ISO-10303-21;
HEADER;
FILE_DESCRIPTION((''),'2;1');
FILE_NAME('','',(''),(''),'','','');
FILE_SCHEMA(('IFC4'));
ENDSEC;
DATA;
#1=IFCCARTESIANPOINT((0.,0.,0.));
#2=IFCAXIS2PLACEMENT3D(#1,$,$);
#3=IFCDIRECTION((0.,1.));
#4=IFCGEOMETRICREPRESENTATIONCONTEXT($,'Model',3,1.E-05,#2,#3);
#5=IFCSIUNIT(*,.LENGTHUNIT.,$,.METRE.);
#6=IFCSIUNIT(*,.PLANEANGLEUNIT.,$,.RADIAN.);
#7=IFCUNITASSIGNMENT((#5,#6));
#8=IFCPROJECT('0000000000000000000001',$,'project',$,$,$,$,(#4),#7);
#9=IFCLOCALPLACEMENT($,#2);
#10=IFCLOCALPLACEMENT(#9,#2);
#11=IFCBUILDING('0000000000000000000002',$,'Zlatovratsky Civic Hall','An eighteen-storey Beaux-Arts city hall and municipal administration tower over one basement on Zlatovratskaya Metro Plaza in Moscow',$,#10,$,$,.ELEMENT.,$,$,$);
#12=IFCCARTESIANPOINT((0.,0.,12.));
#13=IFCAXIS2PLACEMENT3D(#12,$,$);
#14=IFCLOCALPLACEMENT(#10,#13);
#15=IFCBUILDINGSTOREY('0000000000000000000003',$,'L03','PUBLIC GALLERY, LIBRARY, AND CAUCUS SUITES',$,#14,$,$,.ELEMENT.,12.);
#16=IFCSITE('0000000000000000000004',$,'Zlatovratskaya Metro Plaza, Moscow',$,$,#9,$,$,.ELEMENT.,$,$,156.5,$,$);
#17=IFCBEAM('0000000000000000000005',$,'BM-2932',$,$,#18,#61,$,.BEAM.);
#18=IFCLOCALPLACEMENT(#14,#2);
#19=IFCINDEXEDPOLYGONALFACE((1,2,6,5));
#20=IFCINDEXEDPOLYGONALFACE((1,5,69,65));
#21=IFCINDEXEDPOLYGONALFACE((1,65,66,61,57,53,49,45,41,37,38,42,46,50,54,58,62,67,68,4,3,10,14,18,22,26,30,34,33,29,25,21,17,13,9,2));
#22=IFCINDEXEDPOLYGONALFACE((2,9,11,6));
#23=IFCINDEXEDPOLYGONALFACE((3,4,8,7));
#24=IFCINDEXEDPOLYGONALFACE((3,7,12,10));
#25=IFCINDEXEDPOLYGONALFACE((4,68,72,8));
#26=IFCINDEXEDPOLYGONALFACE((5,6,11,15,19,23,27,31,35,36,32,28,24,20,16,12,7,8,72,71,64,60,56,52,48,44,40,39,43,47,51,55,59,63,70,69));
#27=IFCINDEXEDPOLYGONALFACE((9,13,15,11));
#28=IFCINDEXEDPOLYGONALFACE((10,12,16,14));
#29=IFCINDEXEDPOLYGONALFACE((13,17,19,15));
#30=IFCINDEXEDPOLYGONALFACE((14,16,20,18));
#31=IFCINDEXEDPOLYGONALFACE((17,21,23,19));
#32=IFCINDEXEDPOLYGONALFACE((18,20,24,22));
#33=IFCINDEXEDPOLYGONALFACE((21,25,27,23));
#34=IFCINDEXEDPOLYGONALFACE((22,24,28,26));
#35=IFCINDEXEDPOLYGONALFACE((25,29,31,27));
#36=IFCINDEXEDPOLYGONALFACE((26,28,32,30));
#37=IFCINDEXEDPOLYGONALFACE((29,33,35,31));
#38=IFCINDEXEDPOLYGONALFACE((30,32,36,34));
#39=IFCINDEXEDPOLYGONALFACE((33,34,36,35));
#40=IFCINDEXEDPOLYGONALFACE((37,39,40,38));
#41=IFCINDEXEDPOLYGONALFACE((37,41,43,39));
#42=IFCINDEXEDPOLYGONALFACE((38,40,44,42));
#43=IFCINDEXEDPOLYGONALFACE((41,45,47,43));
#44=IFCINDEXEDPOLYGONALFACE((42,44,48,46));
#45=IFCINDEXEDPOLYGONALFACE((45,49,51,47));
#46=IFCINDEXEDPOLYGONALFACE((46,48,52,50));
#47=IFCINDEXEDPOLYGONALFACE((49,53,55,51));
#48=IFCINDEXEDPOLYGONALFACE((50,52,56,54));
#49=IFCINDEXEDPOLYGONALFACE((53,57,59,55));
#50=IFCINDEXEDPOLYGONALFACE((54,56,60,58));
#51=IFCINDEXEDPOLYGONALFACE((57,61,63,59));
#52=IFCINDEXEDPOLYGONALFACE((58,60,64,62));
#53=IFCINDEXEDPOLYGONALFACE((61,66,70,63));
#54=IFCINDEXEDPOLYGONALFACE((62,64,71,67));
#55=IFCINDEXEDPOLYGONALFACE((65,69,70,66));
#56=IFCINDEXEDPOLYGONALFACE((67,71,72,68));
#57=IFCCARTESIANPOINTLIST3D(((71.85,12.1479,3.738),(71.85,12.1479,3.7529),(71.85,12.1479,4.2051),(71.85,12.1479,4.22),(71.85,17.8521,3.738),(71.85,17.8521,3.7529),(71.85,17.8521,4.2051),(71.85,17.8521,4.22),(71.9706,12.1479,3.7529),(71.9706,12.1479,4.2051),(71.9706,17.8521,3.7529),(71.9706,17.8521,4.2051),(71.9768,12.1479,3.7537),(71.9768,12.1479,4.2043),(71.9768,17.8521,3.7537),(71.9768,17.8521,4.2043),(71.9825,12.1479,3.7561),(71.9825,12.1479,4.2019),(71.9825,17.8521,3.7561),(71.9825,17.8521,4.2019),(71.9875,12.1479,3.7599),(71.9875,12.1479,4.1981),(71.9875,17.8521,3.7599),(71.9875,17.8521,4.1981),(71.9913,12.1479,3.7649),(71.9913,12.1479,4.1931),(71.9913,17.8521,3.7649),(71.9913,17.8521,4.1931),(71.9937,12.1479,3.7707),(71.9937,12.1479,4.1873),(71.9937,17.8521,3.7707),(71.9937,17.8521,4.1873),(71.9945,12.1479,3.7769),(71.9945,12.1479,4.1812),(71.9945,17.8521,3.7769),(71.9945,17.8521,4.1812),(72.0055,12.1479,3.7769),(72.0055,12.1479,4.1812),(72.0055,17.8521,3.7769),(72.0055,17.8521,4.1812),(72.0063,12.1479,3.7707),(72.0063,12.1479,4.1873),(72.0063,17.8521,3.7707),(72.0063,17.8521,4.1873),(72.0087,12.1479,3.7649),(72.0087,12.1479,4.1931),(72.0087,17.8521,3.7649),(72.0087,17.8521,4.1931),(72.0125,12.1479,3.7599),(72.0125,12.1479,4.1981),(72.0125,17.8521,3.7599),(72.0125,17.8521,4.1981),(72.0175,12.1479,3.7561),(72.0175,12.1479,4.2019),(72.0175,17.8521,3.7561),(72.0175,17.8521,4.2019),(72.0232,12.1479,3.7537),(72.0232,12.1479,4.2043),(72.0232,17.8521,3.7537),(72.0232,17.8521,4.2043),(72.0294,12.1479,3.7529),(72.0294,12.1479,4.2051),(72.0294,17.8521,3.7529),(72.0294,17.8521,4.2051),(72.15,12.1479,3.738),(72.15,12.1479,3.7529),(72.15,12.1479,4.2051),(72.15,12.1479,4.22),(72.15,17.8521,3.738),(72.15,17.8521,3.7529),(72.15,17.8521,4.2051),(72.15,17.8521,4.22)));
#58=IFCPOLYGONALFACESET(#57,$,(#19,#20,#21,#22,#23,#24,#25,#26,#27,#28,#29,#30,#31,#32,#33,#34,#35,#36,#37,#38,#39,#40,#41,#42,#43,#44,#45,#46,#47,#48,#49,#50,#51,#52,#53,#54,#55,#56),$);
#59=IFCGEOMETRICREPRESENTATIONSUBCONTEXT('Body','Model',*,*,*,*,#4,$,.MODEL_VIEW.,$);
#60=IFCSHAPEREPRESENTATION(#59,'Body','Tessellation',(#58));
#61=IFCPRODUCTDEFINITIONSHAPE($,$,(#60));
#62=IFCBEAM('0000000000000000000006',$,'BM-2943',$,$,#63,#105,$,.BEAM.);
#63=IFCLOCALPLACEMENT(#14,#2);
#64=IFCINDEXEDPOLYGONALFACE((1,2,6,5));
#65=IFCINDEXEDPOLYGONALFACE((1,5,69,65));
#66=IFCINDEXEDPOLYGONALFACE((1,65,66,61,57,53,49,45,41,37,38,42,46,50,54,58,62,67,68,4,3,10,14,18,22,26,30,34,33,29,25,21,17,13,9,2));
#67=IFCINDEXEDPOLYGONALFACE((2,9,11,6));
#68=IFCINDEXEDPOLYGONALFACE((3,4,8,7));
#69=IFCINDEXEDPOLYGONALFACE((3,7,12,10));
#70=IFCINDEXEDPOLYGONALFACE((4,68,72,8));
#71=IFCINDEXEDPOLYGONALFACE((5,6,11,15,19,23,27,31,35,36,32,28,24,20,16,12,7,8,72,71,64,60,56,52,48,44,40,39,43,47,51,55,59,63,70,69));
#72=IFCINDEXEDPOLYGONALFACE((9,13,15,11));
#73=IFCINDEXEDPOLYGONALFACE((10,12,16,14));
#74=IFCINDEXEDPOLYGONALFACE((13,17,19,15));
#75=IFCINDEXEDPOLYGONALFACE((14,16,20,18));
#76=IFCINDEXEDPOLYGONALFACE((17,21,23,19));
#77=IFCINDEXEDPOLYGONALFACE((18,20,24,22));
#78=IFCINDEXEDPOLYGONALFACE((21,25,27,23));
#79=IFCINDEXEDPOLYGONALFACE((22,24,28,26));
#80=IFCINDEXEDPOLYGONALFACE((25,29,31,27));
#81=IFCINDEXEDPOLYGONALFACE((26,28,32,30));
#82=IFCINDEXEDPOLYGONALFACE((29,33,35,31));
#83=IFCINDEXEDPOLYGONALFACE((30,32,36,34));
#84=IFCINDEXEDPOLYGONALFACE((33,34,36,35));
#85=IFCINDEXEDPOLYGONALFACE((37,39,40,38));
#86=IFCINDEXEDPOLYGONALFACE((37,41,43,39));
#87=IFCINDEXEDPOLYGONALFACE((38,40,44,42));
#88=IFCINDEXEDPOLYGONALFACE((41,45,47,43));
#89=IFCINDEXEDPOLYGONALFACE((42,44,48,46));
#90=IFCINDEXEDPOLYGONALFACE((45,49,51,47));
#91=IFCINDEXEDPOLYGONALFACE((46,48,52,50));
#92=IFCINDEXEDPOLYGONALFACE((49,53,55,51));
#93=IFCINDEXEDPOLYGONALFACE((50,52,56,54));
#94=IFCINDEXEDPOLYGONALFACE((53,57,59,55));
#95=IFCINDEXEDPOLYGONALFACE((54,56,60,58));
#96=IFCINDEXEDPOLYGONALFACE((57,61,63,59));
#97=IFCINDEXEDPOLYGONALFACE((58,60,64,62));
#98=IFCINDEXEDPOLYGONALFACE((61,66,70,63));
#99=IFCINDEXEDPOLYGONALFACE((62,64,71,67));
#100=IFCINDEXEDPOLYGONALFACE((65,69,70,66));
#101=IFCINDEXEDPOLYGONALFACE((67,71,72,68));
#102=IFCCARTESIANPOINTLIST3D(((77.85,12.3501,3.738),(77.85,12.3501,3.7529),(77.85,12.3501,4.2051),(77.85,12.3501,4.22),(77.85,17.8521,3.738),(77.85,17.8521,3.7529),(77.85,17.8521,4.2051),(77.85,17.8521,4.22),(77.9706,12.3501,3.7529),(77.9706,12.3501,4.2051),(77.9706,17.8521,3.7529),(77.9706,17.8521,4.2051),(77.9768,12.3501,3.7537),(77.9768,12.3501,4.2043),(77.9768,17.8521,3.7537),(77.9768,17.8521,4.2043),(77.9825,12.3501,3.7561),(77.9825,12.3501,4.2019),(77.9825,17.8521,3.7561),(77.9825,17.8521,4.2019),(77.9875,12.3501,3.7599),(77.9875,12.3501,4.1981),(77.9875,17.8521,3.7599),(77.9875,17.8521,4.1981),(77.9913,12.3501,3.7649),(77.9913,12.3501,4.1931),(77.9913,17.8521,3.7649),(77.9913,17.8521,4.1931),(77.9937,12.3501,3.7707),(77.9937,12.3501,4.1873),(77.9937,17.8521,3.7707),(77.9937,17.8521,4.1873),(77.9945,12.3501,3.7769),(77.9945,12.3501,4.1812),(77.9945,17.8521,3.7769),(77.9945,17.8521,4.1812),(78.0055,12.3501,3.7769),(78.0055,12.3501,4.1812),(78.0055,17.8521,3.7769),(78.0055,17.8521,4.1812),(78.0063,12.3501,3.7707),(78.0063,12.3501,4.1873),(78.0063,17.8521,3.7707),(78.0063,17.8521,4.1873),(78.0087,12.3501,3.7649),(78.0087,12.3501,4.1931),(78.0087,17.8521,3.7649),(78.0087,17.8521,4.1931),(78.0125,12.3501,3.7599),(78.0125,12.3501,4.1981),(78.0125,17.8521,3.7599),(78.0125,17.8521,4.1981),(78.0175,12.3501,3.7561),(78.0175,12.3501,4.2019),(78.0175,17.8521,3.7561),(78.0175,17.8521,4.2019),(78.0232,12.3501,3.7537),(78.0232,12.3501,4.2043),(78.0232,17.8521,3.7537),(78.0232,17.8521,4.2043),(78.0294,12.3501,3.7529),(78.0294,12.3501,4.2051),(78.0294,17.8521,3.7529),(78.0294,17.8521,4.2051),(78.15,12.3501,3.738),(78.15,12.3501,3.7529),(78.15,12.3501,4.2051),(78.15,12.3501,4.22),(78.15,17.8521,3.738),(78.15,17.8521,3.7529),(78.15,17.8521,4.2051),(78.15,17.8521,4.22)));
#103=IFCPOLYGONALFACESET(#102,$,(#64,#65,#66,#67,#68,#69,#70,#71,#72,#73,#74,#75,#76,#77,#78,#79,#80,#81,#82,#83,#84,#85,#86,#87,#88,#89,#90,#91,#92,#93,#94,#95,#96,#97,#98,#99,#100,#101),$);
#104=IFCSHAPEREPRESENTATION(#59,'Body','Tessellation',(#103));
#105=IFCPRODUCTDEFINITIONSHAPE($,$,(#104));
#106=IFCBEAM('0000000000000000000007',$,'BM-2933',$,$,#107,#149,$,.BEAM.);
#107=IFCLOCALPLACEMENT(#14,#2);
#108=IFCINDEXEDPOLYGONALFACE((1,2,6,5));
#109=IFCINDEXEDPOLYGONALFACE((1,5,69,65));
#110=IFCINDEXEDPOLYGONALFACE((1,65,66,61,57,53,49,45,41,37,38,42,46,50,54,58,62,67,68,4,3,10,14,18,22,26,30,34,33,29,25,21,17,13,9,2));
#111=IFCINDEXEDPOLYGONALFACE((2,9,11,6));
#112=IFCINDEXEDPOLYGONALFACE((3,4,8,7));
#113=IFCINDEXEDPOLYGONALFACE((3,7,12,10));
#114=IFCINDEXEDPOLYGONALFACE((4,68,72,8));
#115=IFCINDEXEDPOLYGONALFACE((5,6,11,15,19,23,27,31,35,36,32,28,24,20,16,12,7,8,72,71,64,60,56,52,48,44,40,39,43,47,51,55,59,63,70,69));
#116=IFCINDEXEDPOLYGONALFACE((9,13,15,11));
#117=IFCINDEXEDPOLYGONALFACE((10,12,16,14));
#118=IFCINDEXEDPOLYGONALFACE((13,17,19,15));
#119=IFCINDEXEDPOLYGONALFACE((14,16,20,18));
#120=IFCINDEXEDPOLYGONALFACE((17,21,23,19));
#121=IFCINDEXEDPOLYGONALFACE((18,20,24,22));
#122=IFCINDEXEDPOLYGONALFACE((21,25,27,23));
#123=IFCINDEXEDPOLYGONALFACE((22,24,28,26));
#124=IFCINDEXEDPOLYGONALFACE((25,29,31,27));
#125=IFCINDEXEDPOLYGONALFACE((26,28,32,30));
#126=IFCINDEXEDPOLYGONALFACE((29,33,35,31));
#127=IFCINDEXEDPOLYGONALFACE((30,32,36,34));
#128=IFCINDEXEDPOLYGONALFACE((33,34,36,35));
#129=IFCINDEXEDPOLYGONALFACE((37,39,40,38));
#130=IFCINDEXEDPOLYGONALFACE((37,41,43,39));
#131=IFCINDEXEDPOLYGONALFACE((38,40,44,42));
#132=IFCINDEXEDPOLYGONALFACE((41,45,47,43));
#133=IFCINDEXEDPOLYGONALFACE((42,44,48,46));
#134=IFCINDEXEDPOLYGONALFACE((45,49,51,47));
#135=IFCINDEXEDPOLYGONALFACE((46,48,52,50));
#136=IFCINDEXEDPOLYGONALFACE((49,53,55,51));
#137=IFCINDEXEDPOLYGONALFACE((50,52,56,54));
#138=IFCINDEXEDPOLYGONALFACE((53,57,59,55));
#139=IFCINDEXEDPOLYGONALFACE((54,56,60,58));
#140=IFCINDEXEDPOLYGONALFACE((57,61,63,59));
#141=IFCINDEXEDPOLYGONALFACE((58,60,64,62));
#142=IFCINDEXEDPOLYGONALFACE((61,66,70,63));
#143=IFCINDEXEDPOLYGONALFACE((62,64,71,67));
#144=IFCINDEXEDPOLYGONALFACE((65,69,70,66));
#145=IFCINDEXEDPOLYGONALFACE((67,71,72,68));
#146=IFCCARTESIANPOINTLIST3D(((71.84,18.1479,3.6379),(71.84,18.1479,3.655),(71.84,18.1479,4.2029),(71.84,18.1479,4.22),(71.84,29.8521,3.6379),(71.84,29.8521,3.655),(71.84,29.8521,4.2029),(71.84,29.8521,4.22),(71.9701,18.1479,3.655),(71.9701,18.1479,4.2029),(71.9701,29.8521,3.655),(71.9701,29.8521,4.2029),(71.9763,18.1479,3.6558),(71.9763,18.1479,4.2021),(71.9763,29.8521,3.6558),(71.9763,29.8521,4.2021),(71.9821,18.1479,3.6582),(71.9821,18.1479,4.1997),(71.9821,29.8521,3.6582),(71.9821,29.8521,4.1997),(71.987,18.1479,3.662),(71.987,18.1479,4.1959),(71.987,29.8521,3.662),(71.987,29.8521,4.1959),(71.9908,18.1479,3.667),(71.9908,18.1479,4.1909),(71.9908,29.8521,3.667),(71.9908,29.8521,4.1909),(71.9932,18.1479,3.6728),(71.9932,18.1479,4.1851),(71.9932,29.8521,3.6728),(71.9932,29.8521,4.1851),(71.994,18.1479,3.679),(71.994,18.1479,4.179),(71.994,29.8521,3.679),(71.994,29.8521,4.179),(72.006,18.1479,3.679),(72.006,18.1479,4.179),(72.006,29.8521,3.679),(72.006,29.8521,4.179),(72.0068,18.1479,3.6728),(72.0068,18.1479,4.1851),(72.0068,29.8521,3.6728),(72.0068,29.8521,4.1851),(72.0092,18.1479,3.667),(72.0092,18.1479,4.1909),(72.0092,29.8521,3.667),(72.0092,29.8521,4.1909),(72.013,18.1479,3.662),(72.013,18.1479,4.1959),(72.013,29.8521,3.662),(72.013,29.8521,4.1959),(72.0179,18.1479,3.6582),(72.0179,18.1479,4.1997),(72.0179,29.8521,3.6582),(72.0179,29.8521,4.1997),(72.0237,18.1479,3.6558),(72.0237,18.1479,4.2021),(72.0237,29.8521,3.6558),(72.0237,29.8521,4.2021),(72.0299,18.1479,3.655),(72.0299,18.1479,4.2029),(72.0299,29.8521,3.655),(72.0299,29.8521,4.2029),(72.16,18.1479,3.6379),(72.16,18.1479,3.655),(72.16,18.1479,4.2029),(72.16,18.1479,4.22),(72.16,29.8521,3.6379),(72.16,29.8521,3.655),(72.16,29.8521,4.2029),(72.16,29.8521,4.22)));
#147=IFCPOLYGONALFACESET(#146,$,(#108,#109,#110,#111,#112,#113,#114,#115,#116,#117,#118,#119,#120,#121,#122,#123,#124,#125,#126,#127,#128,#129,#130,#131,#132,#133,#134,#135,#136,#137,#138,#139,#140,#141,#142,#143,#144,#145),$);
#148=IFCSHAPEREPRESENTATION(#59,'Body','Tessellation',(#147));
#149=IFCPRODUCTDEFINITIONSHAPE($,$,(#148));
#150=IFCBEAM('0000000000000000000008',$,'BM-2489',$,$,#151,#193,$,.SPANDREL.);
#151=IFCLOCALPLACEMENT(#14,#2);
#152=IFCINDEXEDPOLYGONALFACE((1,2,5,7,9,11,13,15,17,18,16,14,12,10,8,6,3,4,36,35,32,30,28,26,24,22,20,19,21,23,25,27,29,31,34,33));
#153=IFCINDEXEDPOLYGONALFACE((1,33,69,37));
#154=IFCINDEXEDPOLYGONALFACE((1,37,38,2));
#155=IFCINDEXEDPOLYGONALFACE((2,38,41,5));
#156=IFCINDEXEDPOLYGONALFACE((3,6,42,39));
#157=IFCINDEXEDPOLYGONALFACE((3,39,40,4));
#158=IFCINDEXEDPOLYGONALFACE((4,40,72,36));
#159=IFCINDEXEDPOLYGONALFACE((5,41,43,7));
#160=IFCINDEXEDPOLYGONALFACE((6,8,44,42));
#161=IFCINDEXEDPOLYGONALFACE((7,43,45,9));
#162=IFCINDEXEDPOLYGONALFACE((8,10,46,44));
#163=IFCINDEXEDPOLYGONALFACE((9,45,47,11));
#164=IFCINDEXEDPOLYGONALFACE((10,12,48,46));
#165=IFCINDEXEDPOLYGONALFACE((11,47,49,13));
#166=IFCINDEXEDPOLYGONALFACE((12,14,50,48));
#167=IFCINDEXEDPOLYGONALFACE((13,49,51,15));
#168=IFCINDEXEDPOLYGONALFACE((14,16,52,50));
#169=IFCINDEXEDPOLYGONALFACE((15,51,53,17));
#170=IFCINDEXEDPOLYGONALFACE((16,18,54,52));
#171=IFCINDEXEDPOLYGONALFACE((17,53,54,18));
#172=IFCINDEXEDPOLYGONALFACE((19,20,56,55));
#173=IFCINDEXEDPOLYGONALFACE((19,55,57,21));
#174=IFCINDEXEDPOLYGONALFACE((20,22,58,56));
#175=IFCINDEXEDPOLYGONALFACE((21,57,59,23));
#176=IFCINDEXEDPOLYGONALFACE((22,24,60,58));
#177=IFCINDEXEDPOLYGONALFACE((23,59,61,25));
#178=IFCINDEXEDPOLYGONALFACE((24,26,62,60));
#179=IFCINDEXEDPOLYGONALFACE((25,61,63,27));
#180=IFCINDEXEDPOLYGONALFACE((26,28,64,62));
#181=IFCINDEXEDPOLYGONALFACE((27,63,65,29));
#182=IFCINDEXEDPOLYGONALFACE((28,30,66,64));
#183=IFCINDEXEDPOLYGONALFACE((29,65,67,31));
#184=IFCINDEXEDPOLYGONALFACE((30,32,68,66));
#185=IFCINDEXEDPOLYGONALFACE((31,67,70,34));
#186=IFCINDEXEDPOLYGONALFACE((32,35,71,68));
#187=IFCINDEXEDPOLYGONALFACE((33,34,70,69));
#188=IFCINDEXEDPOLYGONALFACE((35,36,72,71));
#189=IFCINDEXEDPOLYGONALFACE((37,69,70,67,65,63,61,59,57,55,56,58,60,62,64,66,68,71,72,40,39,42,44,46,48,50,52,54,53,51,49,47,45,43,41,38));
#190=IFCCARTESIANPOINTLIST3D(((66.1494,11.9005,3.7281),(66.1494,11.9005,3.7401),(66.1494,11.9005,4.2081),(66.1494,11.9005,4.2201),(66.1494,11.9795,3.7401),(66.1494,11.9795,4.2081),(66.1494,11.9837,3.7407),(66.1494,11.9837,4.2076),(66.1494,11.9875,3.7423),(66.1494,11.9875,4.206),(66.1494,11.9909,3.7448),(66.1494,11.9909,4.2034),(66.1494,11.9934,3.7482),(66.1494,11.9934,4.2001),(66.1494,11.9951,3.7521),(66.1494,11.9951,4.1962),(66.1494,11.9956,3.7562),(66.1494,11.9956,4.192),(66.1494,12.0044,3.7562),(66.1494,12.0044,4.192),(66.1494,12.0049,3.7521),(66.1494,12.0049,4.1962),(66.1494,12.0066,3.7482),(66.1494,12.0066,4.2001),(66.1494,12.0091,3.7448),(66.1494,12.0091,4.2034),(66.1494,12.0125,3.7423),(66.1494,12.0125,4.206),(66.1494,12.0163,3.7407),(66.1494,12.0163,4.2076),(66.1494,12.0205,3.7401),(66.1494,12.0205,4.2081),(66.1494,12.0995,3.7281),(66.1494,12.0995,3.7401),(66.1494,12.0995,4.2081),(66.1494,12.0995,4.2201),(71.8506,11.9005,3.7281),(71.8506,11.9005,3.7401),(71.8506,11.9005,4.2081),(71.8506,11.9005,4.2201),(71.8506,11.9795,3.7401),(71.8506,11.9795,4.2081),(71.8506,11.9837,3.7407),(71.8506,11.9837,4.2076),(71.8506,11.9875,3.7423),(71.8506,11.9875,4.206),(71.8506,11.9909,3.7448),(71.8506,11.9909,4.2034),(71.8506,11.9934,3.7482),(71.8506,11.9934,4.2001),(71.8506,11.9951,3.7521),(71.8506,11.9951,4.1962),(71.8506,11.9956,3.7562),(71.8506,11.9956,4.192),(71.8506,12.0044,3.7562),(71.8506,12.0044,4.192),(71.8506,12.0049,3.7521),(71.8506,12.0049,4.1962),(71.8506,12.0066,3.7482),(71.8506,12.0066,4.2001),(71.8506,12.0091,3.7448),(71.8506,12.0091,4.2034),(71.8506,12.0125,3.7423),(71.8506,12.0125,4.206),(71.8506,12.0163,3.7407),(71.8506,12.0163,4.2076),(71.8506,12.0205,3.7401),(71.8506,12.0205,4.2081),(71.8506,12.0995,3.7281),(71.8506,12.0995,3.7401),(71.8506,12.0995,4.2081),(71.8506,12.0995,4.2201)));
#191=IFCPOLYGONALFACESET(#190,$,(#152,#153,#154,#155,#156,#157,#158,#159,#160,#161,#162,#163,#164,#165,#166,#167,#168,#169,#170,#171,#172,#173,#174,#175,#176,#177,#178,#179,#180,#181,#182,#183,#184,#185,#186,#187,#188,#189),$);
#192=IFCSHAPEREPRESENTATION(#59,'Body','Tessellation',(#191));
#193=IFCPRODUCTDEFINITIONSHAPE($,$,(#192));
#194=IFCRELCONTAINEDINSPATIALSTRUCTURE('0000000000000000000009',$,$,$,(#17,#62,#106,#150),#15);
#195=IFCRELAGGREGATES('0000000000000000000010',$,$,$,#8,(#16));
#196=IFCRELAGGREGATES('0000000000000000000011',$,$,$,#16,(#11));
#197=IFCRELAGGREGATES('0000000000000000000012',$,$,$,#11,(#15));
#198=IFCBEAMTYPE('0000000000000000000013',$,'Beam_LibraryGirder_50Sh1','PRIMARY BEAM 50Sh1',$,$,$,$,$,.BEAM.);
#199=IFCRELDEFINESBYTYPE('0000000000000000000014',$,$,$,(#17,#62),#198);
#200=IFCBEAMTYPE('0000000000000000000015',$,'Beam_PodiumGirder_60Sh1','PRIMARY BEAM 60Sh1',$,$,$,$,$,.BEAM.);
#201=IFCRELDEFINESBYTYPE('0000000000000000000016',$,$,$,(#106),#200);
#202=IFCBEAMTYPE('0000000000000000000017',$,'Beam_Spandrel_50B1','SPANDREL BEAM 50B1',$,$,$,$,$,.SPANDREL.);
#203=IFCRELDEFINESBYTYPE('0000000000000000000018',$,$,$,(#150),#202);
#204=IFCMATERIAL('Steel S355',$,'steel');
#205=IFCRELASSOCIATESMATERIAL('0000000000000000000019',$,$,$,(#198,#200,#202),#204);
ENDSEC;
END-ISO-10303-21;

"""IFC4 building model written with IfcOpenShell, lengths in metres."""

from ifc_helpers import new_model, si_unit, direction, frame, origin, origin_2d, place, context, subcontext, project, spatial, i_section, extrude, material, material_profile, profile_set, type_object, element, save


model = new_model("IFC4")

# Units and contexts
model_context = context("Model", 3, precision=1e-05, world=origin(), true_north=direction((0.0, 1.0)))
body_context = subcontext(model_context, "Body", "Model", "MODEL_VIEW")
ifc_project = project(units=[si_unit("LENGTHUNIT", "METRE"), si_unit("PLANEANGLEUNIT", "RADIAN")], contexts=[model_context])

# Site, building, storey
site_placement = place(None, origin())
site = spatial("IfcSite", under=ifc_project, at=site_placement, Name="Zlatovratskaya Metro Plaza, Moscow", CompositionType="ELEMENT", RefElevation=156.5)
building_placement = place(site_placement, origin())
building = spatial("IfcBuilding", under=site, at=building_placement, Name="Zlatovratsky Civic Hall", Description="An eighteen-storey Beaux-Arts city hall and municipal administration tower over one basement on Zlatovratskaya Metro Plaza in Moscow", CompositionType="ELEMENT")
storey_placement = place(building_placement, frame((0.0, 0.0, 12.0)))
storey = spatial("IfcBuildingStorey", under=building, at=storey_placement, Name="L03", Description="PUBLIC GALLERY, LIBRARY, AND CAUCUS SUITES", CompositionType="ELEMENT", Elevation=12.0)

# Shared definitions
ifc_material_1 = material(Name="Steel S355", Category="steel")

# Beams
ifc_material_profile_1 = material_profile(ifc_material_1, i_section(OverallWidth=0.3, OverallDepth=0.4819, WebThickness=0.011, FlangeThickness=0.0149, FilletRadius=0.0239, at=origin_2d()), Name="50Sh1")
ifc_profile_set_1 = profile_set([ifc_material_profile_1], Name="Steel S355")
beam_type_1 = type_object("IfcBeamType", Name="Beam_LibraryGirder_50Sh1", Description="PRIMARY BEAM 50Sh1", PredefinedType="BEAM", material=ifc_profile_set_1)
beam_1_placement = place(storey_placement, frame((72.0, 12.1479, 3.979), z_axis=(0.0, 1.0, 0.0), x_axis=(-1.0, 0.0, 0.0)))
element("IfcBeam", 1, at=beam_1_placement, inside=storey, type_object=beam_type_1, Name="BM-2932", PredefinedType="BEAM", context=body_context, shape_type="SweptSolid", body=[
    extrude(i_section(OverallWidth=0.3, OverallDepth=0.4819, WebThickness=0.011, FlangeThickness=0.0149, FilletRadius=0.0239, at=origin_2d()), origin(), (0.0, 0.0, 1.0), 5.7041),
])
beam_2_placement = place(storey_placement, frame((78.0, 12.3501, 3.979), z_axis=(0.0, 1.0, 0.0), x_axis=(-1.0, 0.0, 0.0)))
element("IfcBeam", 2, at=beam_2_placement, inside=storey, type_object=beam_type_1, Name="BM-2943", PredefinedType="BEAM", context=body_context, shape_type="SweptSolid", body=[
    extrude(i_section(OverallWidth=0.3, OverallDepth=0.4819, WebThickness=0.011, FlangeThickness=0.0149, FilletRadius=0.0239, at=origin_2d()), origin(), (0.0, 0.0, 1.0), 5.502),
])
ifc_material_profile_2 = material_profile(ifc_material_1, i_section(OverallWidth=0.3201, OverallDepth=0.582, WebThickness=0.012, FlangeThickness=0.0171, FilletRadius=0.0239, at=origin_2d()), Name="60Sh1")
ifc_profile_set_2 = profile_set([ifc_material_profile_2], Name="Steel S355")
beam_type_2 = type_object("IfcBeamType", Name="Beam_PodiumGirder_60Sh1", Description="PRIMARY BEAM 60Sh1", PredefinedType="BEAM", material=ifc_profile_set_2)
beam_3_placement = place(storey_placement, frame((72.0, 18.1479, 3.929), z_axis=(0.0, 1.0, 0.0), x_axis=(-1.0, 0.0, 0.0)))
element("IfcBeam", 3, at=beam_3_placement, inside=storey, type_object=beam_type_2, Name="BM-2933", PredefinedType="BEAM", context=body_context, shape_type="SweptSolid", body=[
    extrude(i_section(OverallWidth=0.3201, OverallDepth=0.582, WebThickness=0.012, FlangeThickness=0.0171, FilletRadius=0.0239, at=origin_2d()), origin(), (0.0, 0.0, 1.0), 11.7041),
])
ifc_material_profile_3 = material_profile(ifc_material_1, i_section(OverallWidth=0.199, OverallDepth=0.4919, WebThickness=0.0088, FlangeThickness=0.012, FilletRadius=0.0161, at=origin_2d()), Name="50B1")
ifc_profile_set_3 = profile_set([ifc_material_profile_3], Name="Steel S355")
beam_type_3 = type_object("IfcBeamType", Name="Beam_Spandrel_50B1", Description="SPANDREL BEAM 50B1", PredefinedType="SPANDREL", material=ifc_profile_set_3)
beam_4_placement = place(storey_placement, frame((66.1494, 12.0, 3.9741), z_axis=(1.0, 0.0, 0.0), x_axis=(0.0, 1.0, 0.0)))
element("IfcBeam", 4, at=beam_4_placement, inside=storey, type_object=beam_type_3, Name="BM-2489", PredefinedType="SPANDREL", context=body_context, shape_type="SweptSolid", body=[
    extrude(i_section(OverallWidth=0.199, OverallDepth=0.4919, WebThickness=0.0088, FlangeThickness=0.012, FilletRadius=0.0161, at=origin_2d()), origin(), (0.0, 0.0, 1.0), 5.7012),
])

save(model, "model.ifc")
